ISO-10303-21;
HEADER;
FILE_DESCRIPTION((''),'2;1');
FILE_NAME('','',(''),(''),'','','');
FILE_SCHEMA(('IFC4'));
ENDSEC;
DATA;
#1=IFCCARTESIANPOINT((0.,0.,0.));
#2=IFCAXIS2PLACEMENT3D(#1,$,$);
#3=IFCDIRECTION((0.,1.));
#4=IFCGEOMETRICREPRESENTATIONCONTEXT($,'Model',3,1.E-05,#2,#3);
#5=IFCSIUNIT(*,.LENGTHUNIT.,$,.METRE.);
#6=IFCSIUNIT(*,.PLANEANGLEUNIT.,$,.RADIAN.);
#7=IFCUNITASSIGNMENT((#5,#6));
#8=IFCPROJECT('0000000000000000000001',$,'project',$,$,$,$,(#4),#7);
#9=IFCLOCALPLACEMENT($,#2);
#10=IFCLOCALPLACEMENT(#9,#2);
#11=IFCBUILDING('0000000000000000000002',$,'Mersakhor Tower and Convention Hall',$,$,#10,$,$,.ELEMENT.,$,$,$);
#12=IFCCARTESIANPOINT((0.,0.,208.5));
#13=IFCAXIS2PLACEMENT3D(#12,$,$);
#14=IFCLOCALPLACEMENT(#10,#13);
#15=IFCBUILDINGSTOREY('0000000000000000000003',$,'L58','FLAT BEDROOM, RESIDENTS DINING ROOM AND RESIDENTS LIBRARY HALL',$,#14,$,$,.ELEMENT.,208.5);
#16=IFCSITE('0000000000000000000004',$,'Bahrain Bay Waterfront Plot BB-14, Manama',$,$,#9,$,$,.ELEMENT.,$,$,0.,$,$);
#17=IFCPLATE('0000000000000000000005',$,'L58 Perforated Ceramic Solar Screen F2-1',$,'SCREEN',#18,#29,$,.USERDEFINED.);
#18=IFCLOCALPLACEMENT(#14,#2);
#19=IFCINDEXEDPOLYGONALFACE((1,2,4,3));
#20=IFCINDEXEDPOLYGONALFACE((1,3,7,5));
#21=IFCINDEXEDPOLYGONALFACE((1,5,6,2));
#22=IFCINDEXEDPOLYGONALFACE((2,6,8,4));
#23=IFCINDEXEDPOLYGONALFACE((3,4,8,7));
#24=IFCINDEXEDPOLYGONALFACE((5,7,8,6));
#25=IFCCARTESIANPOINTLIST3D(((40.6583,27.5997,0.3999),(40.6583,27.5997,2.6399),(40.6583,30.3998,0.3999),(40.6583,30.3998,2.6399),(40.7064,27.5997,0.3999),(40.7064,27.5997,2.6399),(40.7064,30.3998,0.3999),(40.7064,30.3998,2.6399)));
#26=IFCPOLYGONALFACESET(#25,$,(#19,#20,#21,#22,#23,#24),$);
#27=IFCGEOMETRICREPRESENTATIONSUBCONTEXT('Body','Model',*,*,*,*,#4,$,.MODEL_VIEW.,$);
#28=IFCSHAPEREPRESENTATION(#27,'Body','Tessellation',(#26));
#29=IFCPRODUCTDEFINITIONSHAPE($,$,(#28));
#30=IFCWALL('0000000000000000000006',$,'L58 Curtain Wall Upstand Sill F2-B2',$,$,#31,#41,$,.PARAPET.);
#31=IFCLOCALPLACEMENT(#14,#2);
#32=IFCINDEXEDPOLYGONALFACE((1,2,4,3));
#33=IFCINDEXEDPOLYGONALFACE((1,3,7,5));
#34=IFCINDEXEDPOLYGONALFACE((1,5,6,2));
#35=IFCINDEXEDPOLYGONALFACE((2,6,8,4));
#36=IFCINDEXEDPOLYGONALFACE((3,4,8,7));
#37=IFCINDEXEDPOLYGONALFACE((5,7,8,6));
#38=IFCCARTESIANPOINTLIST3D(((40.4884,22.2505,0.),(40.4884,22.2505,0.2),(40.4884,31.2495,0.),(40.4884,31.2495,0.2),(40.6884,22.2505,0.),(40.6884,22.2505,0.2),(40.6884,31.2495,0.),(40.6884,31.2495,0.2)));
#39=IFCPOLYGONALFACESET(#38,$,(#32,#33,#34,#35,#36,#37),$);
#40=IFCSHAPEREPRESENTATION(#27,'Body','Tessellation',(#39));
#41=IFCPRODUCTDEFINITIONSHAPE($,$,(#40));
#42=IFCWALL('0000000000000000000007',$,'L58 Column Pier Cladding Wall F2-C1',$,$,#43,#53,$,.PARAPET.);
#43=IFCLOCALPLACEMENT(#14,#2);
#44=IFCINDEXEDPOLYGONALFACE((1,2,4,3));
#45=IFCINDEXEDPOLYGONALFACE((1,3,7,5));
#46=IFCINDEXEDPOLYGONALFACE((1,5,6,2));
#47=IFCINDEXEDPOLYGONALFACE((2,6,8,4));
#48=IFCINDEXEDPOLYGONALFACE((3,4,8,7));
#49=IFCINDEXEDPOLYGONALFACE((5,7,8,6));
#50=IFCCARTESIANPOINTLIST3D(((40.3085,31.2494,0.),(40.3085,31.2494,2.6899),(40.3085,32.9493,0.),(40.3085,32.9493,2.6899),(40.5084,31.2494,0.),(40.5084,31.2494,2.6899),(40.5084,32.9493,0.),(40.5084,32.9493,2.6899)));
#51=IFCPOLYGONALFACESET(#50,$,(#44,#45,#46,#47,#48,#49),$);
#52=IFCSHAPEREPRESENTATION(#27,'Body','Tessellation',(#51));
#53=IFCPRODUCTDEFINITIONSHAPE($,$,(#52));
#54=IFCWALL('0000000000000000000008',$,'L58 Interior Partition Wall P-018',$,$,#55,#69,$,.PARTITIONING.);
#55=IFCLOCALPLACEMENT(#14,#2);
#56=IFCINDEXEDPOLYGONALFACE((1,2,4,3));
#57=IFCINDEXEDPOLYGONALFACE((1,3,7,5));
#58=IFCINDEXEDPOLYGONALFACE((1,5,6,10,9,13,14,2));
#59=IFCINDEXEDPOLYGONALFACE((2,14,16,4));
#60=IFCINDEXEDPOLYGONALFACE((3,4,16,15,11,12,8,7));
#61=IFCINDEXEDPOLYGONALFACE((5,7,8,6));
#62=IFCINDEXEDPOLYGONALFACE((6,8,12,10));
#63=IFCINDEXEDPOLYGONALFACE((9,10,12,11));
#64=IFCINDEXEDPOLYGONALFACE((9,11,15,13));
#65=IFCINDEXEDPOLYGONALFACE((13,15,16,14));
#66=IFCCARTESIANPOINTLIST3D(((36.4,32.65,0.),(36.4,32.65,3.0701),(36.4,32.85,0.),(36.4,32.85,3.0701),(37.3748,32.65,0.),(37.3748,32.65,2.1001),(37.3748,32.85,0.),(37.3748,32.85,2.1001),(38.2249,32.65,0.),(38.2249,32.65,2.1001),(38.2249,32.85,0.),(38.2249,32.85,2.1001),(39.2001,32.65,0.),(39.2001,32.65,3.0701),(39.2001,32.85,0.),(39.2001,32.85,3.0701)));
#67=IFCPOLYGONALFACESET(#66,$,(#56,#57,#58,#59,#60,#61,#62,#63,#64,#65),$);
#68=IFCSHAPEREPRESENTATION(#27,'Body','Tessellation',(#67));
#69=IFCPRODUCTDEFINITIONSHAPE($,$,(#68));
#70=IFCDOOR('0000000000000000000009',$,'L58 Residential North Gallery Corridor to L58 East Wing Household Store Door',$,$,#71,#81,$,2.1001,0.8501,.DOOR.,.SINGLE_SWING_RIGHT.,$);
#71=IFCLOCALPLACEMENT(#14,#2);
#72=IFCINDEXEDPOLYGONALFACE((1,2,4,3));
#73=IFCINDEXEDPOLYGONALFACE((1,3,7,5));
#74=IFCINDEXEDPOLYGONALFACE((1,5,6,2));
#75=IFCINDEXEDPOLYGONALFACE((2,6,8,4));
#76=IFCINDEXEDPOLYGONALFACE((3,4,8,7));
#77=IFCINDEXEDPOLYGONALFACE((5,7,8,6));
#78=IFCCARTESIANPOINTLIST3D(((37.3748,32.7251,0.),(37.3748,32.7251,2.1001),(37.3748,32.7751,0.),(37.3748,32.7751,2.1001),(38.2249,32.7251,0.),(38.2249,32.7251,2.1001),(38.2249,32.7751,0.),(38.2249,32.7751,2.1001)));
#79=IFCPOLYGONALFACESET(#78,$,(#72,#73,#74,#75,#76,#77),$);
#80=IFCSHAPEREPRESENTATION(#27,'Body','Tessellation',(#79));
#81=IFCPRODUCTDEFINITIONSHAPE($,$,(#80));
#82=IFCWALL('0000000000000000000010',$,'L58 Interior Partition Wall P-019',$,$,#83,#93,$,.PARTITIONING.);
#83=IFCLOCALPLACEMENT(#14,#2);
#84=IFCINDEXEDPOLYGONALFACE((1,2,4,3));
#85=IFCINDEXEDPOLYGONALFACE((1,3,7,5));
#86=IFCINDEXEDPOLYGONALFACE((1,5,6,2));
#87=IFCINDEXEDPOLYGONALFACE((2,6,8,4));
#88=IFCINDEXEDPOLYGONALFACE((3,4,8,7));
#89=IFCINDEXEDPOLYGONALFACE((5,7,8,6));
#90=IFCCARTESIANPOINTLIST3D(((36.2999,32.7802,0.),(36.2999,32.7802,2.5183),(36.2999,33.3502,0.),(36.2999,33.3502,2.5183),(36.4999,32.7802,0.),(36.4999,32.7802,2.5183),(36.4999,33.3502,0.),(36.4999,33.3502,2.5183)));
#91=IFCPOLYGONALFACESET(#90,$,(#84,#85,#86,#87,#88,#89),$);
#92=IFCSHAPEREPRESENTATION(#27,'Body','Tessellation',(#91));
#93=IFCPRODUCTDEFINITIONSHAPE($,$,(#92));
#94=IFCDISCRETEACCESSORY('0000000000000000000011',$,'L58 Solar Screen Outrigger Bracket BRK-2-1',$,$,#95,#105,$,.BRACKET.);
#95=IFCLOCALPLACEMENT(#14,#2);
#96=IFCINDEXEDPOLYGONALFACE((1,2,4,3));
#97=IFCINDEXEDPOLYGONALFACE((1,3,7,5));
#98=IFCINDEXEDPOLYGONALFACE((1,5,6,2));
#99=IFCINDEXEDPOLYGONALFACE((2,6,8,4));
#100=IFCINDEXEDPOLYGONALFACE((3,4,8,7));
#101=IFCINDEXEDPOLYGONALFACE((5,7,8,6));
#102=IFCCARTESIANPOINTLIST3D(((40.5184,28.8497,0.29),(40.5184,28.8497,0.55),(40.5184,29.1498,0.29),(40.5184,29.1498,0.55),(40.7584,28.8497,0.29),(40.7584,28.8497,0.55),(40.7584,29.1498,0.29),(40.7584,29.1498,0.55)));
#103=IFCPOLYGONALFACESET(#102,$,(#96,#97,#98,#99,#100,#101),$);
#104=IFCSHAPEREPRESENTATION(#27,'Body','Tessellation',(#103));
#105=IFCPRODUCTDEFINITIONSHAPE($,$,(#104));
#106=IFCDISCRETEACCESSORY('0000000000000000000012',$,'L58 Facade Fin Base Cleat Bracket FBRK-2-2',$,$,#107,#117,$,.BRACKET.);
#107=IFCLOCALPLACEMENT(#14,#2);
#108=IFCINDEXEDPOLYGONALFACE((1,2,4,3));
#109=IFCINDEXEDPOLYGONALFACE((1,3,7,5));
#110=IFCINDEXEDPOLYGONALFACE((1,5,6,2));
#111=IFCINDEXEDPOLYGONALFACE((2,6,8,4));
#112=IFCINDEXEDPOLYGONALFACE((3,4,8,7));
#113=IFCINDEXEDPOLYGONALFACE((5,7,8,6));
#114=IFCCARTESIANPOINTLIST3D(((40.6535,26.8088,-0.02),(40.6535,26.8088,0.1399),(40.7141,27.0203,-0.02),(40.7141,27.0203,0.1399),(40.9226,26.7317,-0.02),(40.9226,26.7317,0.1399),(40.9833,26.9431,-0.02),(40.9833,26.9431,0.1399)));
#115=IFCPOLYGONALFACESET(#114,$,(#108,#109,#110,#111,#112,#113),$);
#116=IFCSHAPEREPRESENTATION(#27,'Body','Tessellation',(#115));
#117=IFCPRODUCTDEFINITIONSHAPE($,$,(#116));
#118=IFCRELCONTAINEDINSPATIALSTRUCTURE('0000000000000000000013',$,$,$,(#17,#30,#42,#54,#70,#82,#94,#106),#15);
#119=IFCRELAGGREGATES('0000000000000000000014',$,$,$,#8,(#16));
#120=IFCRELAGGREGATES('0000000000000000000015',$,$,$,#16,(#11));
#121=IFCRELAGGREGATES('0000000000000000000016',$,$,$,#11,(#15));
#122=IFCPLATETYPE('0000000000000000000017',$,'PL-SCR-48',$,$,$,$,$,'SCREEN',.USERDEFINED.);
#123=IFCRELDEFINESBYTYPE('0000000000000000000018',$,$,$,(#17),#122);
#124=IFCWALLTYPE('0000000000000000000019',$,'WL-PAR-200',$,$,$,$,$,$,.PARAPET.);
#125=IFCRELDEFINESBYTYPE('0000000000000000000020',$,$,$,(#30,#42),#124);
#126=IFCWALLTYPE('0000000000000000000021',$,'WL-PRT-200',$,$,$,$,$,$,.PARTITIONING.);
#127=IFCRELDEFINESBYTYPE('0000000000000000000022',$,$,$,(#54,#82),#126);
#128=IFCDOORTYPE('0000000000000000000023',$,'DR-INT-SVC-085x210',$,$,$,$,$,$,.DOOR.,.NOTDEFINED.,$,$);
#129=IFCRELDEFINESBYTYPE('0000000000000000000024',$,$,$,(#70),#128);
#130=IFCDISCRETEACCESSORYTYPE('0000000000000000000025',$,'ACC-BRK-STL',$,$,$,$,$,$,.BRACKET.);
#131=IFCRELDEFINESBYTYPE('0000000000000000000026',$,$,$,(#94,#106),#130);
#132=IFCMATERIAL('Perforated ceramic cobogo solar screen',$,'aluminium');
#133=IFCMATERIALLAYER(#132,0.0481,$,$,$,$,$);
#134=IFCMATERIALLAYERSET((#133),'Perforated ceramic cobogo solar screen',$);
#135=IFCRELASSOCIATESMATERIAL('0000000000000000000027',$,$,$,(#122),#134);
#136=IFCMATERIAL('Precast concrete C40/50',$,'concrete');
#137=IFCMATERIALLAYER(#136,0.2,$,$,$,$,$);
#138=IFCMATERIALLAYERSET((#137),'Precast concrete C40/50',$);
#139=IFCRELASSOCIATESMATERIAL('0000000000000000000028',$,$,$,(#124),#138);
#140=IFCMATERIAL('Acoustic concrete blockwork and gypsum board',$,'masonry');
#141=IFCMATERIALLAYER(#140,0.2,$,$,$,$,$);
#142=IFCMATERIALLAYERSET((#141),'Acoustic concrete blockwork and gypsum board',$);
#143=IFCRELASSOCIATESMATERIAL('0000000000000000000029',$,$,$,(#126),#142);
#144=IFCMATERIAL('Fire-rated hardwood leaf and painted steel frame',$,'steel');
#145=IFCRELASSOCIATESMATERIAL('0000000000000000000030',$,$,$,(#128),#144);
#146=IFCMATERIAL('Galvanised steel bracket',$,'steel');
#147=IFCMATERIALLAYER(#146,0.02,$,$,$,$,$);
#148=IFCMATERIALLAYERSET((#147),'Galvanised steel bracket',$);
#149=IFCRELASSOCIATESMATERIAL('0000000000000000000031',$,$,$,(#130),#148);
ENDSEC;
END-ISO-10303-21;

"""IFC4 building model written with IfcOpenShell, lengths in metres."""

from ifc_helpers import new_model, si_unit, direction, frame, frame_2d, origin, origin_2d, place, context, subcontext, project, spatial, rectangle, extrude, material, layer, layer_set, type_object, element, fill, save


model = new_model("IFC4")

# Units and contexts
model_context = context("Model", 3, precision=1e-05, world=origin(), true_north=direction((0.0, 1.0)))
body_context = subcontext(model_context, "Body", "Model", "MODEL_VIEW")
ifc_project = project(units=[si_unit("LENGTHUNIT", "METRE"), si_unit("PLANEANGLEUNIT", "RADIAN")], contexts=[model_context])

# Site, building, storey
site_placement = place(None, origin())
site = spatial("IfcSite", under=ifc_project, at=site_placement, Name="Bahrain Bay Waterfront Plot BB-14, Manama", CompositionType="ELEMENT", RefElevation=0.0)
building_placement = place(site_placement, origin())
building = spatial("IfcBuilding", under=site, at=building_placement, Name="Mersakhor Tower and Convention Hall", CompositionType="ELEMENT")
storey_placement = place(building_placement, frame((0.0, 0.0, 208.5)))
storey = spatial("IfcBuildingStorey", under=building, at=storey_placement, Name="L58", Description="FLAT BEDROOM, RESIDENTS DINING ROOM AND RESIDENTS LIBRARY HALL", CompositionType="ELEMENT", Elevation=208.5)

# Plate
ifc_material_1 = material(Name="Perforated ceramic cobogo solar screen", Category="aluminium")
ifc_layer_1 = layer(ifc_material_1, 0.0481)
ifc_layer_set_1 = layer_set([ifc_layer_1], Name="Perforated ceramic cobogo solar screen")
plate_type_1 = type_object("IfcPlateType", Name="PL-SCR-48", ElementType="SCREEN", PredefinedType="USERDEFINED", material=ifc_layer_set_1)
plate_1_placement = place(storey_placement, frame((40.6824, 28.9998, 0.3999), z_axis=(0.0, 0.0, 1.0), x_axis=(0.0, -1.0, 0.0)))
element("IfcPlate", 1, at=plate_1_placement, inside=storey, type_object=plate_type_1, Name="L58 Perforated Ceramic Solar Screen F2-1", ObjectType="SCREEN", PredefinedType="USERDEFINED", context=body_context, shape_type="SweptSolid", body=[
    extrude(rectangle(XDim=2.8, YDim=0.0481, at=origin_2d()), origin(), (0.0, 0.0, 1.0), 2.24),
])

# Walls
ifc_material_2 = material(Name="Precast concrete C40/50", Category="concrete")
ifc_layer_2 = layer(ifc_material_2, 0.2)
ifc_layer_set_2 = layer_set([ifc_layer_2], Name="Precast concrete C40/50")
wall_type_1 = type_object("IfcWallType", Name="WL-PAR-200", PredefinedType="PARAPET", material=ifc_layer_set_2)
wall_1_placement = place(storey_placement, frame((40.5884, 31.2495, 0.0), z_axis=(0.0, 0.0, 1.0), x_axis=(0.0, -1.0, 0.0)))
element("IfcWall", 2, at=wall_1_placement, inside=storey, type_object=wall_type_1, Name="L58 Curtain Wall Upstand Sill F2-B2", PredefinedType="PARAPET", context=body_context, shape_type="SweptSolid", body=[
    extrude(rectangle(XDim=8.999, YDim=0.2, at=frame_2d((4.4995, 0.0))), origin(), (0.0, 0.0, 1.0), 0.2),
])
wall_2_placement = place(storey_placement, frame((40.4084, 32.9495, 0.0), z_axis=(0.0, 0.0, 1.0), x_axis=(0.0, -1.0, 0.0)))
element("IfcWall", 3, at=wall_2_placement, inside=storey, type_object=wall_type_1, Name="L58 Column Pier Cladding Wall F2-C1", PredefinedType="PARAPET", context=body_context, shape_type="SweptSolid", body=[
    extrude(rectangle(XDim=1.7, YDim=0.2, at=frame_2d((0.8501, 0.0))), origin(), (0.0, 0.0, 1.0), 2.6899),
])

# Wall, opening, door
ifc_material_3 = material(Name="Acoustic concrete blockwork and gypsum board", Category="masonry")
ifc_layer_3 = layer(ifc_material_3, 0.2)
ifc_layer_set_3 = layer_set([ifc_layer_3], Name="Acoustic concrete blockwork and gypsum board")
wall_type_2 = type_object("IfcWallType", Name="WL-PRT-200", PredefinedType="PARTITIONING", material=ifc_layer_set_3)
wall_3_placement = place(storey_placement, frame((39.2, 32.75, 0.0), z_axis=(0.0, 0.0, 1.0), x_axis=(-1.0, 0.0, 0.0)))
wall_3 = element("IfcWall", 4, at=wall_3_placement, inside=storey, type_object=wall_type_2, Name="L58 Interior Partition Wall P-018", PredefinedType="PARTITIONING", context=body_context, shape_type="SweptSolid", body=[
    extrude(rectangle(XDim=2.8, YDim=0.2, at=frame_2d((1.3999, 0.0))), origin(), (0.0, 0.0, 1.0), 3.0701),
])
opening_placement = place(wall_3_placement, frame((0.9751, 0.0, 0.0)))
opening = element("IfcOpeningElement", 5, at=opening_placement, cuts=wall_3, PredefinedType="OPENING", context=body_context, shape_type="SweptSolid", body=[
    extrude(rectangle(XDim=0.8501, YDim=2.1001, at=frame_2d((0.425, 1.05))), frame((0.0, 0.1099, 0.0), z_axis=(0.0, -1.0, 0.0), x_axis=(1.0, 0.0, 0.0)), (0.0, 0.0, 1.0), 0.22),
])
ifc_material_4 = material(Name="Fire-rated hardwood leaf and painted steel frame", Category="steel")
door_type = type_object("IfcDoorType", Name="DR-INT-SVC-085x210", OperationType="NOTDEFINED", PredefinedType="DOOR", material=ifc_material_4)
door_placement = place(opening_placement, origin())
door = element("IfcDoor", 6, at=door_placement, inside=storey, type_object=door_type, Name="L58 Residential North Gallery Corridor to L58 East Wing Household Store Door", OperationType="SINGLE_SWING_RIGHT", OverallHeight=2.1001, OverallWidth=0.8501, PredefinedType="DOOR", context=body_context, shape_type="SweptSolid", body=[
    extrude(rectangle(XDim=0.8501, YDim=2.1001, at=frame_2d((0.425, 1.05))), frame((0.0, 0.0249, 0.0), z_axis=(0.0, -1.0, 0.0), x_axis=(1.0, 0.0, 0.0)), (0.0, 0.0, 1.0), 0.05),
])
fill(opening, door)

# Wall
wall_4_placement = place(storey_placement, frame((36.3999, 32.78, 0.0), z_axis=(0.0, 0.0, 1.0), x_axis=(0.0, 1.0, 0.0)))
element("IfcWall", 7, at=wall_4_placement, inside=storey, type_object=wall_type_2, Name="L58 Interior Partition Wall P-019", PredefinedType="PARTITIONING", context=body_context, shape_type="SweptSolid", body=[
    extrude(rectangle(XDim=0.5701, YDim=0.2, at=frame_2d((0.2852, 0.0))), origin(), (0.0, 0.0, 1.0), 2.5183),
])

# Discrete accessories
ifc_material_5 = material(Name="Galvanised steel bracket", Category="steel")
ifc_layer_4 = layer(ifc_material_5, 0.02)
ifc_layer_set_4 = layer_set([ifc_layer_4], Name="Galvanised steel bracket")
discrete_accessory_type = type_object("IfcDiscreteAccessoryType", Name="ACC-BRK-STL", PredefinedType="BRACKET", material=ifc_layer_set_4)
discrete_accessory_1_placement = place(storey_placement, frame((40.6384, 28.9998, 0.29), z_axis=(0.0, 0.0, 1.0), x_axis=(0.0, -1.0, 0.0)))
element("IfcDiscreteAccessory", 8, at=discrete_accessory_1_placement, inside=storey, type_object=discrete_accessory_type, Name="L58 Solar Screen Outrigger Bracket BRK-2-1", PredefinedType="BRACKET", context=body_context, shape_type="SweptSolid", body=[
    extrude(rectangle(XDim=0.3, YDim=0.24, at=origin_2d()), origin(), (0.0, 0.0, 1.0), 0.26),
])
discrete_accessory_2_placement = place(storey_placement, frame((40.8184, 26.876, -0.02), z_axis=(0.0, 0.0, 1.0), x_axis=(0.961262, -0.275637, 0.0)))
element("IfcDiscreteAccessory", 9, at=discrete_accessory_2_placement, inside=storey, type_object=discrete_accessory_type, Name="L58 Facade Fin Base Cleat Bracket FBRK-2-2", PredefinedType="BRACKET", context=body_context, shape_type="SweptSolid", body=[
    extrude(rectangle(XDim=0.28, YDim=0.22, at=origin_2d()), origin(), (0.0, 0.0, 1.0), 0.1599),
])

save(model, "model.ifc")
